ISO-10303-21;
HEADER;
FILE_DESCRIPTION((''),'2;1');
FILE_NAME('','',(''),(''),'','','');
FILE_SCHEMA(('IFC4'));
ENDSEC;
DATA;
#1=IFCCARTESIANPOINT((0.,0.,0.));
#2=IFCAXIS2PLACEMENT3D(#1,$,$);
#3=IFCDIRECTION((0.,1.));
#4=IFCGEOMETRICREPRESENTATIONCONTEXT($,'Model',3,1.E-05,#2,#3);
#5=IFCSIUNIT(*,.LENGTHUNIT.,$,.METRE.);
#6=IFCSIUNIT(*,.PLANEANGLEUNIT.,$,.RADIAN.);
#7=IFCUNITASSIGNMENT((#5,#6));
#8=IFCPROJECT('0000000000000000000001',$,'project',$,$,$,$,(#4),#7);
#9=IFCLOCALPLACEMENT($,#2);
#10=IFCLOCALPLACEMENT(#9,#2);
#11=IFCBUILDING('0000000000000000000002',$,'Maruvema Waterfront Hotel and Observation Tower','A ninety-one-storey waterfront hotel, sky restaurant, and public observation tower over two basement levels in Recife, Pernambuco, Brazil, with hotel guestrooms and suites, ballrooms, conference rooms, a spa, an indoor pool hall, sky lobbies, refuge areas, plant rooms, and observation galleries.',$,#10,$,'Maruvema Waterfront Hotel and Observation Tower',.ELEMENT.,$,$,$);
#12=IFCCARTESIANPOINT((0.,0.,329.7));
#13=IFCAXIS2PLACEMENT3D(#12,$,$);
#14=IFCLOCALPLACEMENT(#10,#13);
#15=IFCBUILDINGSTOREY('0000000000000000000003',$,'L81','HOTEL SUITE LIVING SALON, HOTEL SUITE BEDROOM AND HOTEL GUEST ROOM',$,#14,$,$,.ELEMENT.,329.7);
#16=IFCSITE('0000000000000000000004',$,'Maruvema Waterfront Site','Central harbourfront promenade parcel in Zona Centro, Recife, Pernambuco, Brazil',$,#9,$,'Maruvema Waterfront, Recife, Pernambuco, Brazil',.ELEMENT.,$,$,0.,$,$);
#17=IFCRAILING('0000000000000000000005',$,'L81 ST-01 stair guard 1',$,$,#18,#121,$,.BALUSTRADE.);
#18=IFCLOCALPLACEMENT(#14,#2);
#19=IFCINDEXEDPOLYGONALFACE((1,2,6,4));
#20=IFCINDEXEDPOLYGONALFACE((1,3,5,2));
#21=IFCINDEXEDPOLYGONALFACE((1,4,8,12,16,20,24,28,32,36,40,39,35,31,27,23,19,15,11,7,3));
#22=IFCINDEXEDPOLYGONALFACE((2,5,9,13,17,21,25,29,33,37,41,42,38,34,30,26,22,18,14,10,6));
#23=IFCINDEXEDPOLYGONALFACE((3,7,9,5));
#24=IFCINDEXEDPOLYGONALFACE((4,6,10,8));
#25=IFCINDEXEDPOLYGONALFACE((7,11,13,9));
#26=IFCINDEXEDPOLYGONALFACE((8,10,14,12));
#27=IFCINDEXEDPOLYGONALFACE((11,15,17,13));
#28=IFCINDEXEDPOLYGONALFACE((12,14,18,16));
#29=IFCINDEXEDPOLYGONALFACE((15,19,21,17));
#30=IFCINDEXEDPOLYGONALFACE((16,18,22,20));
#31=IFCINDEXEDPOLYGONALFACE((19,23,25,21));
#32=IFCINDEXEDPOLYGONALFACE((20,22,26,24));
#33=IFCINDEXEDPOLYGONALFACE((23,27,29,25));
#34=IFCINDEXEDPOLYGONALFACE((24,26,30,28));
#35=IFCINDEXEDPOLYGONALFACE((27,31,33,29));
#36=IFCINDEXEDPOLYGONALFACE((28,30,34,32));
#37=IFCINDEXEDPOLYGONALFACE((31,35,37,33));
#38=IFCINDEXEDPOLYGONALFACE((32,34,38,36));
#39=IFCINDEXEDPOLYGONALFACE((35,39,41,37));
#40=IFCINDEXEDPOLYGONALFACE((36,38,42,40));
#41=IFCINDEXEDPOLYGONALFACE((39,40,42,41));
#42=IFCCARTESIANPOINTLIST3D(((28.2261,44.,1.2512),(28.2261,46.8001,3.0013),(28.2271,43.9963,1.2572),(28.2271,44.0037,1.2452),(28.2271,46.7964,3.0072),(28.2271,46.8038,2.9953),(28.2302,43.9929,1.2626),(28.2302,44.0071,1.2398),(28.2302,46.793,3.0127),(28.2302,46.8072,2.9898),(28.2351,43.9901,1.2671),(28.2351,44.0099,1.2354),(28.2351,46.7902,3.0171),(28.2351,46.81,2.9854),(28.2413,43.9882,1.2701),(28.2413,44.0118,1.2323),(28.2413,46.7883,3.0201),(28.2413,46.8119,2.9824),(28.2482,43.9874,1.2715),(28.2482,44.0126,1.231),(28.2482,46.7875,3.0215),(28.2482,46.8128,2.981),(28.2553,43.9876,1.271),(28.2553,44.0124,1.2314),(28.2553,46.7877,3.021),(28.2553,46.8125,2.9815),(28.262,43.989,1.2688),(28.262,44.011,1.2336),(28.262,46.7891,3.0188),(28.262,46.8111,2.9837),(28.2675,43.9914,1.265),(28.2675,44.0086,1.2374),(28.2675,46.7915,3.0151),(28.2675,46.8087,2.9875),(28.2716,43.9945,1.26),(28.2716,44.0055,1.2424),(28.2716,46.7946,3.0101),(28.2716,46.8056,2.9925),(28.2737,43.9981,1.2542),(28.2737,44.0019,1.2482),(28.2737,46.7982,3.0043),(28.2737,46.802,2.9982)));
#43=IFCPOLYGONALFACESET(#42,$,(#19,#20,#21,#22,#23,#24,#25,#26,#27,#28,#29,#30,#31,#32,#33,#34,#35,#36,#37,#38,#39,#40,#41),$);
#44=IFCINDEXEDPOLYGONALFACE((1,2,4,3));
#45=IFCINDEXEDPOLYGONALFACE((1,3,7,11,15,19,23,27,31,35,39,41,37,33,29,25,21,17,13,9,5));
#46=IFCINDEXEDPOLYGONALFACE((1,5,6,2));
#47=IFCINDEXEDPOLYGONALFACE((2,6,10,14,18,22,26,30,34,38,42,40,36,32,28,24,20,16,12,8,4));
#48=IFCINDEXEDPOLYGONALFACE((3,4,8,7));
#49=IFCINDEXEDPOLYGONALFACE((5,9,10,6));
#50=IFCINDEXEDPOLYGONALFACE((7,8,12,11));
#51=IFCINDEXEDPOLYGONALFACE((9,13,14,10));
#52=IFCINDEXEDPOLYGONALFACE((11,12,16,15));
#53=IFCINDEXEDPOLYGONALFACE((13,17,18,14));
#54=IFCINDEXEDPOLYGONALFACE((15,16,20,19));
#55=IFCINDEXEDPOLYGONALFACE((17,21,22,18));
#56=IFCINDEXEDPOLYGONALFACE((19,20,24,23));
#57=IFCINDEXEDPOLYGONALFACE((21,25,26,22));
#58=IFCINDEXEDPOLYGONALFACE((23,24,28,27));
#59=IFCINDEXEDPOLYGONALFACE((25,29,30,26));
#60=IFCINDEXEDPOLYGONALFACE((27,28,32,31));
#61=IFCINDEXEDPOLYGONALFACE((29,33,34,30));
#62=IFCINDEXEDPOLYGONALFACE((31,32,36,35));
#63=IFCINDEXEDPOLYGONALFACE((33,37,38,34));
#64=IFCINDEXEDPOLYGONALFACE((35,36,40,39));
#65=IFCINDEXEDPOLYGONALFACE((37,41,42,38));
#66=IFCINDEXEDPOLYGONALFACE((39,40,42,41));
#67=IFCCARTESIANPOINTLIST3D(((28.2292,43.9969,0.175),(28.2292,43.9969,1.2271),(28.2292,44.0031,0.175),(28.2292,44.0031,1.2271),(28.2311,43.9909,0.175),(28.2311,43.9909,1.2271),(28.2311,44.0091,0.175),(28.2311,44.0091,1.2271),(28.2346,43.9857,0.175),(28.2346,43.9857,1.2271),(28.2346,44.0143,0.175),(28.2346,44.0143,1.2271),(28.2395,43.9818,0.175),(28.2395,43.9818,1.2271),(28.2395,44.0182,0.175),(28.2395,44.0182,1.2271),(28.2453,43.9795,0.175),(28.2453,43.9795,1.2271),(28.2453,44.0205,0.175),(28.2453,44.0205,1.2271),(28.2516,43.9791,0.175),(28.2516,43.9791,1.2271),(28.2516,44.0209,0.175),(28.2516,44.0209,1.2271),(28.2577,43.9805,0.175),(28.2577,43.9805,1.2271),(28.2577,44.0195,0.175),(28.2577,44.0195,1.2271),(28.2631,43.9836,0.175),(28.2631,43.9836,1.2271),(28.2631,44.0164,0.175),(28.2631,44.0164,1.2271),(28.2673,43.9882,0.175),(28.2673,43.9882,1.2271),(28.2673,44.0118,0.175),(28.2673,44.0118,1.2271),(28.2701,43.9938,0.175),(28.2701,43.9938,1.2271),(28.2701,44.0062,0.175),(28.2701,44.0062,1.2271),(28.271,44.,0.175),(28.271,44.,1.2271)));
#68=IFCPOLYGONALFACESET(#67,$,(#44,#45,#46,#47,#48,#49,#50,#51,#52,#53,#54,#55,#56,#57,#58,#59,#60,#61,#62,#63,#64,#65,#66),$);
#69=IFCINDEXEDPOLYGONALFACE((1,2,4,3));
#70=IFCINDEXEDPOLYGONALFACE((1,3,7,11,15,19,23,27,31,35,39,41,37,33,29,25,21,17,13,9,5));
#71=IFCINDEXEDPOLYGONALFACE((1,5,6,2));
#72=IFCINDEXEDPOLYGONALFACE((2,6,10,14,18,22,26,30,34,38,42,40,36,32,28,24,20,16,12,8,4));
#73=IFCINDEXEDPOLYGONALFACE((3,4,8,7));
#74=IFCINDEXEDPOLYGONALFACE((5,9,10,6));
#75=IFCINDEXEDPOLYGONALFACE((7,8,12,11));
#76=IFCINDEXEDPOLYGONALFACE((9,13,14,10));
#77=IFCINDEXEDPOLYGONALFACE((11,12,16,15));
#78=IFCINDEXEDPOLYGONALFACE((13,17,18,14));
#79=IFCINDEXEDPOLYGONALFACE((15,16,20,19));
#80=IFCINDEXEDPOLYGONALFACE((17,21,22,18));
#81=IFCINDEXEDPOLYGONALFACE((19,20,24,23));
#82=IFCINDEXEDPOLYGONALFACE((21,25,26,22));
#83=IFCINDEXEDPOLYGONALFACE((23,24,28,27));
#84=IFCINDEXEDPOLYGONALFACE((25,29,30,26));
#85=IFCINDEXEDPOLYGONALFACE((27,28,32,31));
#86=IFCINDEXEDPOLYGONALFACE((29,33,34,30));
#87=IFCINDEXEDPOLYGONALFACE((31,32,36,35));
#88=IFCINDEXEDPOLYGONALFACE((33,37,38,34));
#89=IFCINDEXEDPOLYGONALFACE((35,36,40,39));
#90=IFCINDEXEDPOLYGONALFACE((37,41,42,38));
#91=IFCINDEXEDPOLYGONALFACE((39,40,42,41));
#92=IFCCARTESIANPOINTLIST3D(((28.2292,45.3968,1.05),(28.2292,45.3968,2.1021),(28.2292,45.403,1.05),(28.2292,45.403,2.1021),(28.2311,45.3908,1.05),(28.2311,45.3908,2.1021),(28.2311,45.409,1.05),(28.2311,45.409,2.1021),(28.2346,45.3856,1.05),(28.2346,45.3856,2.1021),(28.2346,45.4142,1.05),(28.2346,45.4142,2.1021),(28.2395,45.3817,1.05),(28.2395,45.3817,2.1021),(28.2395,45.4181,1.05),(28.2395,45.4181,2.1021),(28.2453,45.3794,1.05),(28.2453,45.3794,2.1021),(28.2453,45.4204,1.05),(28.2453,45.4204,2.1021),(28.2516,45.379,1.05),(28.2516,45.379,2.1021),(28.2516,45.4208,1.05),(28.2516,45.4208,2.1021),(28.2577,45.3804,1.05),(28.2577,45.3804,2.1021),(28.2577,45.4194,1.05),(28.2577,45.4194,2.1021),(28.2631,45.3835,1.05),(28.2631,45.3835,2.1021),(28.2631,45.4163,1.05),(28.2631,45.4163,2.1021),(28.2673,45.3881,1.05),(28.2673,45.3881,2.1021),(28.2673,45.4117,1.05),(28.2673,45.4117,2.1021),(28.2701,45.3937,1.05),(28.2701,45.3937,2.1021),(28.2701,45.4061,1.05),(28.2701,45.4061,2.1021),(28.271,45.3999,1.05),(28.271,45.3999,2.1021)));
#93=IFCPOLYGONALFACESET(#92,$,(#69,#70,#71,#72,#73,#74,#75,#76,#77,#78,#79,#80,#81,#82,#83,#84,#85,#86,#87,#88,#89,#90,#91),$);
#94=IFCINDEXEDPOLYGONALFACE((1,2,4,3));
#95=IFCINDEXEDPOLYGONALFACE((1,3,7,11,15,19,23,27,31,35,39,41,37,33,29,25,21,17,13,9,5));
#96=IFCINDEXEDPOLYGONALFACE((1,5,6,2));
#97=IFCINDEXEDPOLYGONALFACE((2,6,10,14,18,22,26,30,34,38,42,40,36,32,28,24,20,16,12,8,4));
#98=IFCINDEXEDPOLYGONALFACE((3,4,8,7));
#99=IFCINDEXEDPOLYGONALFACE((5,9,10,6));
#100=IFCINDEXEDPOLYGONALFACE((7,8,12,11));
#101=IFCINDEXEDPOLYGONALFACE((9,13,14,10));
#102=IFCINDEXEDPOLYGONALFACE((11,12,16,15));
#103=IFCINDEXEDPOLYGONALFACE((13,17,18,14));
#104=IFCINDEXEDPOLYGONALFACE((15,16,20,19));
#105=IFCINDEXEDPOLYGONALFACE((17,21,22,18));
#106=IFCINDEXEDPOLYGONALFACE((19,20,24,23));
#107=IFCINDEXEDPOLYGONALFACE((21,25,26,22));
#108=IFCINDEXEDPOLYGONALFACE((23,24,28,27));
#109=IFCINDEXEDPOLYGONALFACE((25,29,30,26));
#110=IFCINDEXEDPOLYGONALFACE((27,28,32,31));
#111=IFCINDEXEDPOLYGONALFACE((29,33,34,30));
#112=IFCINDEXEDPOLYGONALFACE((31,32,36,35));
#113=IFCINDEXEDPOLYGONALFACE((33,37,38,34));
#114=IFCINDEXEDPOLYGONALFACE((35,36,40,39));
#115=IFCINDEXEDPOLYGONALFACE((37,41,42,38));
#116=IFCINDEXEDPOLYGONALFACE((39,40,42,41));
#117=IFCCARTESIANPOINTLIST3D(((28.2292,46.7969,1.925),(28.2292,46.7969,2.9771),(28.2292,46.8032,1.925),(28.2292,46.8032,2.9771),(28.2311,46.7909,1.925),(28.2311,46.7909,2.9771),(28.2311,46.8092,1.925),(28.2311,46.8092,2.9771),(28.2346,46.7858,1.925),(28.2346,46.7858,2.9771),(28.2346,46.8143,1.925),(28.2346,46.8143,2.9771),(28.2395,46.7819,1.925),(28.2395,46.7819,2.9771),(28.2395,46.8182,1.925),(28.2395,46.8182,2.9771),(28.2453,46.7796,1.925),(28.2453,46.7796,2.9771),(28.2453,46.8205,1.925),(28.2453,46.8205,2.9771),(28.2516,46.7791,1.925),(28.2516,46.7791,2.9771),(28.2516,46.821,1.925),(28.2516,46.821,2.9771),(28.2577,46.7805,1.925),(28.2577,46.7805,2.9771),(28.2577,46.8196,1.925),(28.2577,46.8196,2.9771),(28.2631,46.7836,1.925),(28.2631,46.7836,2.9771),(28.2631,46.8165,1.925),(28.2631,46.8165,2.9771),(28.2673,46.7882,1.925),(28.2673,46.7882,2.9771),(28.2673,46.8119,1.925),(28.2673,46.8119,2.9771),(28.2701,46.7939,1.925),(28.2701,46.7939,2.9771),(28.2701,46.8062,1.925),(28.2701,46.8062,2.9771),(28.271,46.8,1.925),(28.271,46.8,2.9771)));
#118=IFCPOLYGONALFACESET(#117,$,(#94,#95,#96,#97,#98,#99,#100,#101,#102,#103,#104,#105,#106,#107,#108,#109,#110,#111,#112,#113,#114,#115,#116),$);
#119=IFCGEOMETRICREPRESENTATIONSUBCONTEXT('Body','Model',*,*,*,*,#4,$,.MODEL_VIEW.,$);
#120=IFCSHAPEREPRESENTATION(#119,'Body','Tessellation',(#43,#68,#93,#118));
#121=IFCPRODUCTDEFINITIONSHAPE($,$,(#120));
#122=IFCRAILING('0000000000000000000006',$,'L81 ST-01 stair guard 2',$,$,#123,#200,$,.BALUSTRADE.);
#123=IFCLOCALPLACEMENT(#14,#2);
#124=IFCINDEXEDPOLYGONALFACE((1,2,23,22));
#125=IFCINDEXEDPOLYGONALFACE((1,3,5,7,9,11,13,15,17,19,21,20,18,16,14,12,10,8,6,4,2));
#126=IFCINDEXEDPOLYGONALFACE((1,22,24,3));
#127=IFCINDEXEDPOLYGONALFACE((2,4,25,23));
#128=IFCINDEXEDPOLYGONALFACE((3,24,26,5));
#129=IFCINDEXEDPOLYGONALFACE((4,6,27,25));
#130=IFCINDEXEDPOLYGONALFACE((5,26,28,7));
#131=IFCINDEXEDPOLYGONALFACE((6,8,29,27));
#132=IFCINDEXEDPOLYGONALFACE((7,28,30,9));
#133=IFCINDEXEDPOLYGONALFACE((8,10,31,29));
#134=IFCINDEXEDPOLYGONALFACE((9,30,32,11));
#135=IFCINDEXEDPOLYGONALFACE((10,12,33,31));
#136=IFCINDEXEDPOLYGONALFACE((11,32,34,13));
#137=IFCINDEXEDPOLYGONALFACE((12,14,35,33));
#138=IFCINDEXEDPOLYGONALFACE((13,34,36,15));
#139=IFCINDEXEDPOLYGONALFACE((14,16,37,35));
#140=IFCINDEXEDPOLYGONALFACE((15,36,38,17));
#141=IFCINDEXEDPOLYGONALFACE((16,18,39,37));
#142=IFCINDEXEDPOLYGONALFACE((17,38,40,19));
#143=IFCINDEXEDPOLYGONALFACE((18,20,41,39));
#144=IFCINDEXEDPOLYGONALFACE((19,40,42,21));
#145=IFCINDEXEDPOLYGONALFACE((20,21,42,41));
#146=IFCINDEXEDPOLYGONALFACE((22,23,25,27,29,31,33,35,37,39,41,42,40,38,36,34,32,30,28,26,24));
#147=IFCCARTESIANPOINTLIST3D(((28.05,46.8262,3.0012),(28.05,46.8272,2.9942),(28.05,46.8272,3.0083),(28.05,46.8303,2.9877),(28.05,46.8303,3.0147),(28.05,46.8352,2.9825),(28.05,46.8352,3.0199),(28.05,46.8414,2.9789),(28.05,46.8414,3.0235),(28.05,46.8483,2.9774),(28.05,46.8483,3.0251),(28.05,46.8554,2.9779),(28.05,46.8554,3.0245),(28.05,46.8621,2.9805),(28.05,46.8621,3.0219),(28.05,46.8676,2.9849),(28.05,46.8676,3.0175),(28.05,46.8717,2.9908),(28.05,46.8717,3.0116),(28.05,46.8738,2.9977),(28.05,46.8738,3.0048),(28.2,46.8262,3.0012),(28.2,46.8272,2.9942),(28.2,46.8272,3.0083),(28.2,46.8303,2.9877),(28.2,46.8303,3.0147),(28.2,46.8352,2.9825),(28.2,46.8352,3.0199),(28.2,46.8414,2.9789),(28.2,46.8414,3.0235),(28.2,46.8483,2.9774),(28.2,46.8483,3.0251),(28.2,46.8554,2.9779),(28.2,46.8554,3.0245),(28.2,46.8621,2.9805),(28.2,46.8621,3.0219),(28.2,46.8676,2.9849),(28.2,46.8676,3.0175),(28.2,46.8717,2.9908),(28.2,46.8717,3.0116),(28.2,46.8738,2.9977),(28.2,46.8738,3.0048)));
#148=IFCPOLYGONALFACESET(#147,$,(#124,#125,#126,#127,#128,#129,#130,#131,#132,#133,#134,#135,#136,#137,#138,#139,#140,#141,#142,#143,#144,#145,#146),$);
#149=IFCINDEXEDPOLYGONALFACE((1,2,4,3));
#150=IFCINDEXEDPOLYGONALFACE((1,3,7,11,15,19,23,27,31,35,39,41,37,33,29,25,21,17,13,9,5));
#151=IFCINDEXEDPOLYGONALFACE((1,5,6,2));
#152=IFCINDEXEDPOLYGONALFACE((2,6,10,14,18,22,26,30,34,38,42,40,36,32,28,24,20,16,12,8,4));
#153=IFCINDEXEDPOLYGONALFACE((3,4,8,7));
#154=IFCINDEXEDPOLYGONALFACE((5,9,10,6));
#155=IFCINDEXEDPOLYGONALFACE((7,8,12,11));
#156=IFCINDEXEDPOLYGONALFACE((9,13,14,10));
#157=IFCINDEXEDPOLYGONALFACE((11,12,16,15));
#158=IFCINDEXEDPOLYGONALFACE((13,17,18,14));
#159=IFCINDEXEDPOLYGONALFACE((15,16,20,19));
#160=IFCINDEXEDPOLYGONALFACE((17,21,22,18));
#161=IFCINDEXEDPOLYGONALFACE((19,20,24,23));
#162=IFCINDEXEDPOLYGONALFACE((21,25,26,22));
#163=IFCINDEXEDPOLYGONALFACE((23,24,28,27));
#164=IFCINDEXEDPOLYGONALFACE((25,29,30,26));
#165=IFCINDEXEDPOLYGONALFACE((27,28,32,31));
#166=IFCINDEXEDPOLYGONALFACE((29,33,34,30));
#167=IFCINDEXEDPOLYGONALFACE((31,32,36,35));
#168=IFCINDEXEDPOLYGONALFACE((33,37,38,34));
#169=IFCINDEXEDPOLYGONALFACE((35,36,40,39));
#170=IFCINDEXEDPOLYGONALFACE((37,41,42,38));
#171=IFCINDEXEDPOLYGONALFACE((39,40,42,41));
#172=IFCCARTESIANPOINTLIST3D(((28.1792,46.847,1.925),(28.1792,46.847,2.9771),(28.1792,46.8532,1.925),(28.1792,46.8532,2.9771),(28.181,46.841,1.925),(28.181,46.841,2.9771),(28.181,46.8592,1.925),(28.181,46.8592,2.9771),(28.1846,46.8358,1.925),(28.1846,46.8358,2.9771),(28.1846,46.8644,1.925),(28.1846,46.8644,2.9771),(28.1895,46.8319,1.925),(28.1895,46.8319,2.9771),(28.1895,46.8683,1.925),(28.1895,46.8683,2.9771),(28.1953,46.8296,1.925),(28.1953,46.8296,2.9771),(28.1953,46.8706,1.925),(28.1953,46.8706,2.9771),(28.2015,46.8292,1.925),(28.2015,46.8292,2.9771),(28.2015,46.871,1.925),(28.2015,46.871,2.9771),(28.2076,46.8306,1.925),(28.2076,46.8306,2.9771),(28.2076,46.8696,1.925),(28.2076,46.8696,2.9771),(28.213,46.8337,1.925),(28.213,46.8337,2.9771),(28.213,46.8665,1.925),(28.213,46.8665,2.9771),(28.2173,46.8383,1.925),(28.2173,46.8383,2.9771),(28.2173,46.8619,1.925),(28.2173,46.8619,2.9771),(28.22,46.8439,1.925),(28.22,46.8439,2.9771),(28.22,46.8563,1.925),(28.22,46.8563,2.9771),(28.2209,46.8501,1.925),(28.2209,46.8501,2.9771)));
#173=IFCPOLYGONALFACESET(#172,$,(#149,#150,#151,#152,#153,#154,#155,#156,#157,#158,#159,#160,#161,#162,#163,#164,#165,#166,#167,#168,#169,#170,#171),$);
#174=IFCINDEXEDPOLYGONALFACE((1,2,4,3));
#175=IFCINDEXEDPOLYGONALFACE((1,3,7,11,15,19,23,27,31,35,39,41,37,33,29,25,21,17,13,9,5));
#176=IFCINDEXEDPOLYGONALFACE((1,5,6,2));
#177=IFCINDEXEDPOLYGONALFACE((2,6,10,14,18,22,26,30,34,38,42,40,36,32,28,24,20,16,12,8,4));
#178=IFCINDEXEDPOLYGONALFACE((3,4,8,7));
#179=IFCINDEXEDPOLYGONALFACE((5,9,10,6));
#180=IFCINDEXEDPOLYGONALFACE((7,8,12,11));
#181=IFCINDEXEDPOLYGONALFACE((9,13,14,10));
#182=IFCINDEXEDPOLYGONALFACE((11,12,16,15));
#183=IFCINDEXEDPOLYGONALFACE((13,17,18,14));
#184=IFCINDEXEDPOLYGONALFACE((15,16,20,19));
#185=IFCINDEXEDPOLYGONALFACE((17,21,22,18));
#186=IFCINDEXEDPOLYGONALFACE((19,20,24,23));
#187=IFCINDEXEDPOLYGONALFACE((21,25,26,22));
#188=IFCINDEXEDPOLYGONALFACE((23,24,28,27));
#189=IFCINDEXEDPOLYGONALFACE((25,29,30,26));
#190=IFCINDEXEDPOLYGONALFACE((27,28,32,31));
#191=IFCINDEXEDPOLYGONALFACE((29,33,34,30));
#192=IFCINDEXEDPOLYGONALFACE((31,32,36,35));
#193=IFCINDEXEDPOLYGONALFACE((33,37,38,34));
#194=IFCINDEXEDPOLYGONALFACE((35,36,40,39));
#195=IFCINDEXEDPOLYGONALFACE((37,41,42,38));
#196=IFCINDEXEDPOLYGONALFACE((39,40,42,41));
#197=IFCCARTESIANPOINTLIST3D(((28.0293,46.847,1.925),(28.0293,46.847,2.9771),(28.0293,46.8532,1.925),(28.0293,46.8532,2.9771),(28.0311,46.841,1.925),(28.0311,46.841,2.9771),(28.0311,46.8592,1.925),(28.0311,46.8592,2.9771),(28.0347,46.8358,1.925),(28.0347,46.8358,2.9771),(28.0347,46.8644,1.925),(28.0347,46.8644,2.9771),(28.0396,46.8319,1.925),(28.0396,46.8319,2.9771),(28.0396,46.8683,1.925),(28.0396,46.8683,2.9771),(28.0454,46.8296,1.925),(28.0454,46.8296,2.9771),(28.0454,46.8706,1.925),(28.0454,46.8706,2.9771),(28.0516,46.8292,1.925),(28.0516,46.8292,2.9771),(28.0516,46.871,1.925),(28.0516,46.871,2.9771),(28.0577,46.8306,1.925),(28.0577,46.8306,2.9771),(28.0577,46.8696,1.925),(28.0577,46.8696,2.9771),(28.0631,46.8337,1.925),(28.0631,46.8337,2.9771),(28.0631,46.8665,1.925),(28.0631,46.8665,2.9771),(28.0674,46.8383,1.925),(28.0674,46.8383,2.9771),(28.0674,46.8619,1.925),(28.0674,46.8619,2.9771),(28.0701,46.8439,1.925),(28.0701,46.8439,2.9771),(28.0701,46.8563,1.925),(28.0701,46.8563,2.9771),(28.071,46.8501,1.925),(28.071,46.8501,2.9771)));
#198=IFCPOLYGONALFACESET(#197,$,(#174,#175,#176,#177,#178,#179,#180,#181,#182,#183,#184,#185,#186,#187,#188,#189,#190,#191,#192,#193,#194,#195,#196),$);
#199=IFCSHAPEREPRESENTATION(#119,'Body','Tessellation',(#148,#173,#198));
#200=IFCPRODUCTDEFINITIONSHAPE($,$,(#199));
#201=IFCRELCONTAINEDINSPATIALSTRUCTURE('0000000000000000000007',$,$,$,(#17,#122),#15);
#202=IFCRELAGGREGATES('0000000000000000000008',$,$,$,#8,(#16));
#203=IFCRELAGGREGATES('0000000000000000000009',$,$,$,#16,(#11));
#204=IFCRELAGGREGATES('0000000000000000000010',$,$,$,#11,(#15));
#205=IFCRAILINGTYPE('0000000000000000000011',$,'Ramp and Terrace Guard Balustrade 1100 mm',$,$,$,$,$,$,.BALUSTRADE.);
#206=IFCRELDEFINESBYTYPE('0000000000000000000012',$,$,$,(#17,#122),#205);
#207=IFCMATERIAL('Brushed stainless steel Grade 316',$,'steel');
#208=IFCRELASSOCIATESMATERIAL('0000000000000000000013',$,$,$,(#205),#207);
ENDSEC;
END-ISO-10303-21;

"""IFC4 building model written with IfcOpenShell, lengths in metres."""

from ifc_helpers import new_model, si_unit, direction, frame, origin, origin_2d, place, context, subcontext, project, spatial, circle, extrude, material, type_object, element, save


model = new_model("IFC4")

# Units and contexts
model_context = context("Model", 3, precision=1e-05, world=origin(), true_north=direction((0.0, 1.0)))
body_context = subcontext(model_context, "Body", "Model", "MODEL_VIEW")
ifc_project = project(units=[si_unit("LENGTHUNIT", "METRE"), si_unit("PLANEANGLEUNIT", "RADIAN")], contexts=[model_context])

# Site, building, storey
site_placement = place(None, origin())
site = spatial("IfcSite", under=ifc_project, at=site_placement, Name="Maruvema Waterfront Site", Description="Central harbourfront promenade parcel in Zona Centro, Recife, Pernambuco, Brazil", LongName="Maruvema Waterfront, Recife, Pernambuco, Brazil", CompositionType="ELEMENT", RefElevation=0.0)
building_placement = place(site_placement, origin())
building = spatial("IfcBuilding", under=site, at=building_placement, Name="Maruvema Waterfront Hotel and Observation Tower", Description="A ninety-one-storey waterfront hotel, sky restaurant, and public observation tower over two basement levels in Recife, Pernambuco, Brazil, with hotel guestrooms and suites, ballrooms, conference rooms, a spa, an indoor pool hall, sky lobbies, refuge areas, plant rooms, and observation galleries.", LongName="Maruvema Waterfront Hotel and Observation Tower", CompositionType="ELEMENT")
storey_placement = place(building_placement, frame((0.0, 0.0, 329.7)))
storey = spatial("IfcBuildingStorey", under=building, at=storey_placement, Name="L81", Description="HOTEL SUITE LIVING SALON, HOTEL SUITE BEDROOM AND HOTEL GUEST ROOM", CompositionType="ELEMENT", Elevation=329.7)

# Railings
ifc_material_1 = material(Name="Brushed stainless steel Grade 316", Category="steel")
railing_type_1 = type_object("IfcRailingType", Name="Ramp and Terrace Guard Balustrade 1100 mm", PredefinedType="BALUSTRADE", material=ifc_material_1)
railing_1_placement = place(storey_placement, frame((28.25, 44.0, 0.175)))
element("IfcRailing", 1, at=railing_1_placement, inside=storey, type_object=railing_type_1, Name="L81 ST-01 stair guard 1", PredefinedType="BALUSTRADE", context=body_context, shape_type="SweptSolid", body=[
    extrude(circle(Radius=0.0239, at=origin_2d()), frame((0.0, 0.0, 1.0762), z_axis=(0.0, 0.848002, 0.529992), x_axis=(-1.0, 0.0, 0.0)), (0.0, 0.0, 1.0), 3.302),
    extrude(circle(Radius=0.021, at=origin_2d()), origin(), (0.0, 0.0, 1.0), 1.052),
    extrude(circle(Radius=0.021, at=origin_2d()), frame((0.0, 1.3999, 0.875)), (0.0, 0.0, 1.0), 1.052),
    extrude(circle(Radius=0.021, at=origin_2d()), frame((0.0, 2.8, 1.75)), (0.0, 0.0, 1.0), 1.052),
])
railing_2_placement = place(storey_placement, frame((28.2, 46.8501, 1.925)))
element("IfcRailing", 2, at=railing_2_placement, inside=storey, type_object=railing_type_1, Name="L81 ST-01 stair guard 2", PredefinedType="BALUSTRADE", context=body_context, shape_type="SweptSolid", body=[
    extrude(circle(Radius=0.0239, at=origin_2d()), frame((0.0, 0.0, 1.0762), z_axis=(-1.0, 0.0, 0.0), x_axis=(0.0, -1.0, 0.0)), (0.0, 0.0, 1.0), 0.1499),
    extrude(circle(Radius=0.021, at=origin_2d()), origin(), (0.0, 0.0, 1.0), 1.052),
    extrude(circle(Radius=0.021, at=origin_2d()), frame((-0.1499, 0.0, 0.0)), (0.0, 0.0, 1.0), 1.052),
])

save(model, "model.ifc")
